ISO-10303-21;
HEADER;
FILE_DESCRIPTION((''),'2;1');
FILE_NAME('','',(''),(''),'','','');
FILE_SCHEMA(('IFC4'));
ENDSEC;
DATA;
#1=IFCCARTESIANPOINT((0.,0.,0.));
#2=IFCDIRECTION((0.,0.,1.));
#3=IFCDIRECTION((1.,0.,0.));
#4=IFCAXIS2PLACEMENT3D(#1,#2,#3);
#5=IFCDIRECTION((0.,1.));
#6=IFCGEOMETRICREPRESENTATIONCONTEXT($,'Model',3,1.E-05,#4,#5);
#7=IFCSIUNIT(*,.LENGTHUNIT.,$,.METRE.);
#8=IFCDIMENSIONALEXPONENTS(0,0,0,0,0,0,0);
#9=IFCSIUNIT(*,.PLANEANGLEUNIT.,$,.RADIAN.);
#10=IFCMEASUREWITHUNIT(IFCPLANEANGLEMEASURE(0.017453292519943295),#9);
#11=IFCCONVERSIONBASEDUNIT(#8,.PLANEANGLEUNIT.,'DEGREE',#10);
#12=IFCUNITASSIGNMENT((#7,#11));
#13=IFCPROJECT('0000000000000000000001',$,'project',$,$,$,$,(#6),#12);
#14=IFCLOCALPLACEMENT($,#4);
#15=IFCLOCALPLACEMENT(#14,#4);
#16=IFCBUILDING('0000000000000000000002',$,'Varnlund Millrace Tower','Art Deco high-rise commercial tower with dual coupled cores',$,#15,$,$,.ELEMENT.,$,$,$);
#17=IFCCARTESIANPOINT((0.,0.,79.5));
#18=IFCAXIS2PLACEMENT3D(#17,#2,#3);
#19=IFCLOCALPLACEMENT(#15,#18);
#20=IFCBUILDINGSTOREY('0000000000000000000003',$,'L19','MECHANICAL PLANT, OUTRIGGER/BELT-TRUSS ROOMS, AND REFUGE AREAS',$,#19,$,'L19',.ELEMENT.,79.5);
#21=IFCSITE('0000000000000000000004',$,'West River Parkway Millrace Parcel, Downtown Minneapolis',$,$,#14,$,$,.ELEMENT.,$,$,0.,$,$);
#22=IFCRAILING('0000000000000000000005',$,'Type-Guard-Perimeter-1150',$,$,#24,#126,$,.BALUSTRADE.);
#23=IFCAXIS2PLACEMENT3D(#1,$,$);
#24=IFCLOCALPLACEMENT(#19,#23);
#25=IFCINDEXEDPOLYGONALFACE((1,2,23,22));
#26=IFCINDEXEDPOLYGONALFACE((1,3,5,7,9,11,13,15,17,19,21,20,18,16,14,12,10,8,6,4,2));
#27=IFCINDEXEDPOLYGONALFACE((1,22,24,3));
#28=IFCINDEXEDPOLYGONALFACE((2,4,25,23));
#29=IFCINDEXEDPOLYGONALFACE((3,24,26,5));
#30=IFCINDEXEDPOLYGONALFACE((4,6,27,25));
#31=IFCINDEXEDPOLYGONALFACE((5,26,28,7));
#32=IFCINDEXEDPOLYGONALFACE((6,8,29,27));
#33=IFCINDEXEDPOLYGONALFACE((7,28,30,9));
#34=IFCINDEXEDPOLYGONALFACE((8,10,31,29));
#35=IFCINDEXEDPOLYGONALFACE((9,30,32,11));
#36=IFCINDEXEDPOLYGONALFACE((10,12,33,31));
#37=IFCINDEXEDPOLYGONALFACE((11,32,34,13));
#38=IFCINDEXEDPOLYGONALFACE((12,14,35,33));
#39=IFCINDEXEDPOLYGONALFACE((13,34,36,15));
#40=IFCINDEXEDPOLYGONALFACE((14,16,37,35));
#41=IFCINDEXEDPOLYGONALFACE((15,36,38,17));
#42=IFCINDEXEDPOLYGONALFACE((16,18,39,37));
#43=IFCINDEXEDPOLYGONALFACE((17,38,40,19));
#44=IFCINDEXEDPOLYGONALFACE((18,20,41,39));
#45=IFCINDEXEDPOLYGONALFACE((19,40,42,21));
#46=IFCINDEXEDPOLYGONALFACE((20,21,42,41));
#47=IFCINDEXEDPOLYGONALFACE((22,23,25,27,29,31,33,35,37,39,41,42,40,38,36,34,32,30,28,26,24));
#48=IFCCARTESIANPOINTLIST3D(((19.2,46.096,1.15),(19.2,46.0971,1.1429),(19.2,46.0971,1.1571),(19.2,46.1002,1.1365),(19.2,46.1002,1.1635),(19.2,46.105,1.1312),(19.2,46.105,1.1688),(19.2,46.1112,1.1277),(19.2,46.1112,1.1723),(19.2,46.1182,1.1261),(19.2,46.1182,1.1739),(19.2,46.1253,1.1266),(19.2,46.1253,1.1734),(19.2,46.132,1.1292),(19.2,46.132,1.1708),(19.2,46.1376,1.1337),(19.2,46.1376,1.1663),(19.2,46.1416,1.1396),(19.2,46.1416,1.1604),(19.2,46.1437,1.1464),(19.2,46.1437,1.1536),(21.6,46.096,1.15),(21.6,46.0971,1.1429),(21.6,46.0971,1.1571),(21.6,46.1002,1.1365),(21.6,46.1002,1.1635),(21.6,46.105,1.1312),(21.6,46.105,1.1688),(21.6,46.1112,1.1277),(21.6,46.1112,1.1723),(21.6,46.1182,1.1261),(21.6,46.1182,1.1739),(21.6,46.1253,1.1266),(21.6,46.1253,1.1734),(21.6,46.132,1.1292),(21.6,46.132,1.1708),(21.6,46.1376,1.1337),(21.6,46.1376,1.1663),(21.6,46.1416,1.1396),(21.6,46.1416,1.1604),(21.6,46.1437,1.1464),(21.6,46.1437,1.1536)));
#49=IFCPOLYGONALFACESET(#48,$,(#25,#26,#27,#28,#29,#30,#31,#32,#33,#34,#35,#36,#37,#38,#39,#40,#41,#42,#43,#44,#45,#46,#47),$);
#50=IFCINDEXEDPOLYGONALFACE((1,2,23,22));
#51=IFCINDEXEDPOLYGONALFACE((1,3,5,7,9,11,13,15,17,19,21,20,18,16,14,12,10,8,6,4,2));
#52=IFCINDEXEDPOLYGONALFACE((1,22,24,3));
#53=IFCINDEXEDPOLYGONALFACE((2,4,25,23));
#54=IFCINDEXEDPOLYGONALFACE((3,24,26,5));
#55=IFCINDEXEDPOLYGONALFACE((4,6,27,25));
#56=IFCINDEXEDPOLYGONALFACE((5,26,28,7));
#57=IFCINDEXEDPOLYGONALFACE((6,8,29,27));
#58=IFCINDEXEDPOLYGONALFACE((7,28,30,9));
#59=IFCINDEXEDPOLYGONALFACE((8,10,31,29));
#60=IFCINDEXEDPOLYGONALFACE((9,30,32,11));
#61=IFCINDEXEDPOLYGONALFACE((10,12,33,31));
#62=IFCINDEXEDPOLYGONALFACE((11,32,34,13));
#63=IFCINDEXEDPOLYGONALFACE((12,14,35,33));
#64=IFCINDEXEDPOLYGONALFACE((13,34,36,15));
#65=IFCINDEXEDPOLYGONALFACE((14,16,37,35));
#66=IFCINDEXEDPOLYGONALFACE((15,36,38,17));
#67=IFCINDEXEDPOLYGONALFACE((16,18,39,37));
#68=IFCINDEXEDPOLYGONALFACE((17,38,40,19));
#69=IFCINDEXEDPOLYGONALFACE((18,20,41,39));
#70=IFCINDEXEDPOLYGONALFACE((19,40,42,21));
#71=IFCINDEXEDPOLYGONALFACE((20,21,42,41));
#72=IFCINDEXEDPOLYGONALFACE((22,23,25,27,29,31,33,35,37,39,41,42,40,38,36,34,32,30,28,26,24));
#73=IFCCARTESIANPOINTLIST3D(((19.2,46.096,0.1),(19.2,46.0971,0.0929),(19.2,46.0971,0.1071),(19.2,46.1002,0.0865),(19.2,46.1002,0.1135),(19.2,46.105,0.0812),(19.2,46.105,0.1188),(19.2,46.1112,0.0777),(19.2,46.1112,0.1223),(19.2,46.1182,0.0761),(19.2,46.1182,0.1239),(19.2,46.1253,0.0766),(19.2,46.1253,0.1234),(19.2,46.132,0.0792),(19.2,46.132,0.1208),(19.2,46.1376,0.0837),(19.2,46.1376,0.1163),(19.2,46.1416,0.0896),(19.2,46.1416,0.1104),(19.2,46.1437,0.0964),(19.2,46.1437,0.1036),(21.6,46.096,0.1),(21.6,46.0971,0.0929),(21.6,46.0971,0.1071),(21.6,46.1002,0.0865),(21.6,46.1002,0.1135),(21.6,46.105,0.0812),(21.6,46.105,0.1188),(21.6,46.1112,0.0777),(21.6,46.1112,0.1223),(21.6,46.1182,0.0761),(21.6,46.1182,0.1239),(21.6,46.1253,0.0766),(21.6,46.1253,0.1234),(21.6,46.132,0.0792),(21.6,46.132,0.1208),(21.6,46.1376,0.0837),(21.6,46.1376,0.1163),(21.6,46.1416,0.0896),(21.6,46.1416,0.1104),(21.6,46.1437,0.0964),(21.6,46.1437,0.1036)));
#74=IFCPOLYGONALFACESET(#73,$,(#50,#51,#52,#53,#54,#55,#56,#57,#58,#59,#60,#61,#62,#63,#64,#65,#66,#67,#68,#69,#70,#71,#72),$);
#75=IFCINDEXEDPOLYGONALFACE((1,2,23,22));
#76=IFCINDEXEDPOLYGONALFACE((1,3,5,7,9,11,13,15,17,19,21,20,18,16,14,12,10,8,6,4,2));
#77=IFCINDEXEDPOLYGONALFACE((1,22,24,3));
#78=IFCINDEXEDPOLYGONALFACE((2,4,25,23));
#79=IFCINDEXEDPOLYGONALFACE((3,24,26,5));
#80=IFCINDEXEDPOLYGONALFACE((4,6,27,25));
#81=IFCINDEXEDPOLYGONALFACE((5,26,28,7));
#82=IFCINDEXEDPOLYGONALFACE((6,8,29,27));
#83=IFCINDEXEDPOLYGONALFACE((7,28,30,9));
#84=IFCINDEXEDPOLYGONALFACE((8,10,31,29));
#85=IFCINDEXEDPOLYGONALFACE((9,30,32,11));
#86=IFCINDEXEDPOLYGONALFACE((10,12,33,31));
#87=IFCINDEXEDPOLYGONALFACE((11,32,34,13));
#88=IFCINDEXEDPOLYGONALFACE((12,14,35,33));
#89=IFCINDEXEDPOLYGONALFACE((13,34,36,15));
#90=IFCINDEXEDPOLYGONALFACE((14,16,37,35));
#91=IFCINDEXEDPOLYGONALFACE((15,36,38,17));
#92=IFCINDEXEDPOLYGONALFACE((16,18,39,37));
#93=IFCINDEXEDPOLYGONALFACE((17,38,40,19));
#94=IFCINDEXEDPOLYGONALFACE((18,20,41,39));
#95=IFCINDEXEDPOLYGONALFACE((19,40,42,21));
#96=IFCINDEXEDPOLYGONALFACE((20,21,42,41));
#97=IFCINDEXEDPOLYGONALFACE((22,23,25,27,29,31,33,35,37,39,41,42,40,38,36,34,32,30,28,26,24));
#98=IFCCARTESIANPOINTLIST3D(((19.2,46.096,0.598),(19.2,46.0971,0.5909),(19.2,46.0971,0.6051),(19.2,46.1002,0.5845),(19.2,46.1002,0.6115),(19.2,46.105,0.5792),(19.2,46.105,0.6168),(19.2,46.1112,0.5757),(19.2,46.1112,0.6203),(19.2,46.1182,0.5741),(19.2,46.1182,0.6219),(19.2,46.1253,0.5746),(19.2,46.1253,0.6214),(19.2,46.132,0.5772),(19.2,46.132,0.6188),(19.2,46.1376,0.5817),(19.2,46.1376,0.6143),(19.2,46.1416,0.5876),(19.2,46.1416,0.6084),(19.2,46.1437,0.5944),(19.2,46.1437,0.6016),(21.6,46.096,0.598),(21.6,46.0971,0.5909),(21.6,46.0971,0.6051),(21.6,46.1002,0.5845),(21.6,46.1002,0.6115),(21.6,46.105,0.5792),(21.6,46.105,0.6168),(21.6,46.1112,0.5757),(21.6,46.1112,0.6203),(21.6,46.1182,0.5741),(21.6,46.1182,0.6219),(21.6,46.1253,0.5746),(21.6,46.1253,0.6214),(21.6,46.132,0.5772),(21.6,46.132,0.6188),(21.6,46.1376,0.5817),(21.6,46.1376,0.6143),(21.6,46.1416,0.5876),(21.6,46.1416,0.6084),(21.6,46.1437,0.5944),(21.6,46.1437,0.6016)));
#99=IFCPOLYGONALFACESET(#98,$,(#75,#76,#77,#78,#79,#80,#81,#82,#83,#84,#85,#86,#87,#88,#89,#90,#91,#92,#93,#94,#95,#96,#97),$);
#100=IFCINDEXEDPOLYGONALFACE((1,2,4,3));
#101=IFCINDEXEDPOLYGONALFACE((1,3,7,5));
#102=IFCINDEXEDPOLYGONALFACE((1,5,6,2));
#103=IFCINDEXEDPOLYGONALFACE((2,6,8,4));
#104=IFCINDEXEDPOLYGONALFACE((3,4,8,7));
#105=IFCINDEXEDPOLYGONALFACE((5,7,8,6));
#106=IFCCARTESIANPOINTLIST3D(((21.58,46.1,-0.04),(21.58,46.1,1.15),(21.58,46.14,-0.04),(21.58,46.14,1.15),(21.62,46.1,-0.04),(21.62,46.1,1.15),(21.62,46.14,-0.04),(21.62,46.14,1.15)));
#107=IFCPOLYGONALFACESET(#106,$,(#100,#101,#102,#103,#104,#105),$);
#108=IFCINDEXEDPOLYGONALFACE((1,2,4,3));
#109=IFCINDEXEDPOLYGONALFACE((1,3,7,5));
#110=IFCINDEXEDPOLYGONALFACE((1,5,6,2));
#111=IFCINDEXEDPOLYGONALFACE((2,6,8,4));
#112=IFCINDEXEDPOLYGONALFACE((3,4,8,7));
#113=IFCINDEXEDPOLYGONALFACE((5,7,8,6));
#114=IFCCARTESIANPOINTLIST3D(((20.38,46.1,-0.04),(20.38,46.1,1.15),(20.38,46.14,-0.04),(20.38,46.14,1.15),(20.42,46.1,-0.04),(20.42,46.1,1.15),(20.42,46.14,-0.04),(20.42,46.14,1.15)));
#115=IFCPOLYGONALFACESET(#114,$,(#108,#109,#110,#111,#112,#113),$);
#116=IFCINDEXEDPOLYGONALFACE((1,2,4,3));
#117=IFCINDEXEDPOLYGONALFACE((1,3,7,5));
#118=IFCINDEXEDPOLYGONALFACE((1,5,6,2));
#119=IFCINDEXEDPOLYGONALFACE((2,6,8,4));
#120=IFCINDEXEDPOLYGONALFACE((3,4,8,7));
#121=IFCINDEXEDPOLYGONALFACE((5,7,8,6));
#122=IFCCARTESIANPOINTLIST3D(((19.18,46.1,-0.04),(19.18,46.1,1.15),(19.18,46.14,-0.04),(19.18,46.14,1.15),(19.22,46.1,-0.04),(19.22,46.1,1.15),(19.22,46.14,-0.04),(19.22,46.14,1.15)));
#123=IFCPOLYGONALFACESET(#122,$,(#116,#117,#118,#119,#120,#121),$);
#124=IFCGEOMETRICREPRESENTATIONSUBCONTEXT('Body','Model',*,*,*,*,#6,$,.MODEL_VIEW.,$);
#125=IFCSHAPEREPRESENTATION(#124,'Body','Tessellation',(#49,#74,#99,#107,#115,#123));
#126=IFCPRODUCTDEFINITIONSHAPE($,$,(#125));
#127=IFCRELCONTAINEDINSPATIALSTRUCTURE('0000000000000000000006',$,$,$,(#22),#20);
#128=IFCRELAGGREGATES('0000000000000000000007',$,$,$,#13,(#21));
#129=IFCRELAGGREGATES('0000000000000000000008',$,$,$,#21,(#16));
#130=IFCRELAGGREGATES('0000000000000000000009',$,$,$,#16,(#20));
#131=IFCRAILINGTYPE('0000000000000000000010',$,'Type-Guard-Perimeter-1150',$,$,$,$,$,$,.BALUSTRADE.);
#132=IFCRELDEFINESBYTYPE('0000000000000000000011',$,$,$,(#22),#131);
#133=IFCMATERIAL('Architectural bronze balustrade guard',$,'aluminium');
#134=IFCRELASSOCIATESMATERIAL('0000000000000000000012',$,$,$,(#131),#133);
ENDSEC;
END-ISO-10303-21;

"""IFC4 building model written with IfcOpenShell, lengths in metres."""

from ifc_helpers import new_model, entity, si_unit, converted_unit, direction, frame, origin_with_axes, origin_2d_with_axis, place, context, subcontext, project, spatial, rectangle, circle, extrude, material, type_object, element, save


model = new_model("IFC4")

# Units and contexts
model_context = context("Model", 3, precision=1e-05, world=origin_with_axes(), true_north=direction((0.0, 1.0)))
body_context = subcontext(model_context, "Body", "Model", "MODEL_VIEW")
ifc_project = project(units=[si_unit("LENGTHUNIT", "METRE"), converted_unit("PLANEANGLEUNIT", "DEGREE", entity("IfcPlaneAngleMeasure", 0.017453292519943295), si_unit("PLANEANGLEUNIT", "RADIAN"), dimensions=[0, 0, 0, 0, 0, 0, 0])], contexts=[model_context])

# Site, building, storey
site_placement = place(None, origin_with_axes())
site = spatial("IfcSite", under=ifc_project, at=site_placement, Name="West River Parkway Millrace Parcel, Downtown Minneapolis", CompositionType="ELEMENT", RefElevation=0.0)
building_placement = place(site_placement, origin_with_axes())
building = spatial("IfcBuilding", under=site, at=building_placement, Name="Varnlund Millrace Tower", Description="Art Deco high-rise commercial tower with dual coupled cores", CompositionType="ELEMENT")
storey_placement = place(building_placement, frame((0.0, 0.0, 79.5), z_axis=(0.0, 0.0, 1.0), x_axis=(1.0, 0.0, 0.0)))
storey = spatial("IfcBuildingStorey", under=building, at=storey_placement, Name="L19", Description="MECHANICAL PLANT, OUTRIGGER/BELT-TRUSS ROOMS, AND REFUGE AREAS", LongName="L19", CompositionType="ELEMENT", Elevation=79.5)

# Railing
ifc_material_1 = material(Name="Architectural bronze balustrade guard", Category="aluminium")
railing_type_1 = type_object("IfcRailingType", Name="Type-Guard-Perimeter-1150", PredefinedType="BALUSTRADE", material=ifc_material_1)
railing_1_placement = place(storey_placement, frame((0.0, 0.0, -79.5), z_axis=(0.0, 0.0, 1.0), x_axis=(1.0, 0.0, 0.0)))
element("IfcRailing", 1, at=railing_1_placement, inside=storey, type_object=railing_type_1, Name="Type-Guard-Perimeter-1150", PredefinedType="BALUSTRADE", context=body_context, shape_type="SweptSolid", body=[
    extrude(circle(Radius=0.024, at=origin_2d_with_axis()), frame((21.6, 46.12, 80.65), z_axis=(-1.0, 0.0, 0.0), x_axis=(0.0, -1.0, 0.0)), (0.0, 0.0, 1.0), 2.4),
    extrude(circle(Radius=0.024, at=origin_2d_with_axis()), frame((21.6, 46.12, 79.6), z_axis=(-1.0, 0.0, 0.0), x_axis=(0.0, -1.0, 0.0)), (0.0, 0.0, 1.0), 2.4),
    extrude(circle(Radius=0.024, at=origin_2d_with_axis()), frame((21.6, 46.12, 80.098), z_axis=(-1.0, 0.0, 0.0), x_axis=(0.0, -1.0, 0.0)), (0.0, 0.0, 1.0), 2.4),
    extrude(rectangle(XDim=0.04, YDim=0.04, at=origin_2d_with_axis()), frame((21.6, 46.12, 79.46), z_axis=(0.0, 0.0, 1.0), x_axis=(1.0, 0.0, 0.0)), (0.0, 0.0, 1.0), 1.19),
    extrude(rectangle(XDim=0.04, YDim=0.04, at=origin_2d_with_axis()), frame((20.4, 46.12, 79.46), z_axis=(0.0, 0.0, 1.0), x_axis=(1.0, 0.0, 0.0)), (0.0, 0.0, 1.0), 1.19),
    extrude(rectangle(XDim=0.04, YDim=0.04, at=origin_2d_with_axis()), frame((19.2, 46.12, 79.46), z_axis=(0.0, 0.0, 1.0), x_axis=(1.0, 0.0, 0.0)), (0.0, 0.0, 1.0), 1.19),
])

save(model, "model.ifc")
